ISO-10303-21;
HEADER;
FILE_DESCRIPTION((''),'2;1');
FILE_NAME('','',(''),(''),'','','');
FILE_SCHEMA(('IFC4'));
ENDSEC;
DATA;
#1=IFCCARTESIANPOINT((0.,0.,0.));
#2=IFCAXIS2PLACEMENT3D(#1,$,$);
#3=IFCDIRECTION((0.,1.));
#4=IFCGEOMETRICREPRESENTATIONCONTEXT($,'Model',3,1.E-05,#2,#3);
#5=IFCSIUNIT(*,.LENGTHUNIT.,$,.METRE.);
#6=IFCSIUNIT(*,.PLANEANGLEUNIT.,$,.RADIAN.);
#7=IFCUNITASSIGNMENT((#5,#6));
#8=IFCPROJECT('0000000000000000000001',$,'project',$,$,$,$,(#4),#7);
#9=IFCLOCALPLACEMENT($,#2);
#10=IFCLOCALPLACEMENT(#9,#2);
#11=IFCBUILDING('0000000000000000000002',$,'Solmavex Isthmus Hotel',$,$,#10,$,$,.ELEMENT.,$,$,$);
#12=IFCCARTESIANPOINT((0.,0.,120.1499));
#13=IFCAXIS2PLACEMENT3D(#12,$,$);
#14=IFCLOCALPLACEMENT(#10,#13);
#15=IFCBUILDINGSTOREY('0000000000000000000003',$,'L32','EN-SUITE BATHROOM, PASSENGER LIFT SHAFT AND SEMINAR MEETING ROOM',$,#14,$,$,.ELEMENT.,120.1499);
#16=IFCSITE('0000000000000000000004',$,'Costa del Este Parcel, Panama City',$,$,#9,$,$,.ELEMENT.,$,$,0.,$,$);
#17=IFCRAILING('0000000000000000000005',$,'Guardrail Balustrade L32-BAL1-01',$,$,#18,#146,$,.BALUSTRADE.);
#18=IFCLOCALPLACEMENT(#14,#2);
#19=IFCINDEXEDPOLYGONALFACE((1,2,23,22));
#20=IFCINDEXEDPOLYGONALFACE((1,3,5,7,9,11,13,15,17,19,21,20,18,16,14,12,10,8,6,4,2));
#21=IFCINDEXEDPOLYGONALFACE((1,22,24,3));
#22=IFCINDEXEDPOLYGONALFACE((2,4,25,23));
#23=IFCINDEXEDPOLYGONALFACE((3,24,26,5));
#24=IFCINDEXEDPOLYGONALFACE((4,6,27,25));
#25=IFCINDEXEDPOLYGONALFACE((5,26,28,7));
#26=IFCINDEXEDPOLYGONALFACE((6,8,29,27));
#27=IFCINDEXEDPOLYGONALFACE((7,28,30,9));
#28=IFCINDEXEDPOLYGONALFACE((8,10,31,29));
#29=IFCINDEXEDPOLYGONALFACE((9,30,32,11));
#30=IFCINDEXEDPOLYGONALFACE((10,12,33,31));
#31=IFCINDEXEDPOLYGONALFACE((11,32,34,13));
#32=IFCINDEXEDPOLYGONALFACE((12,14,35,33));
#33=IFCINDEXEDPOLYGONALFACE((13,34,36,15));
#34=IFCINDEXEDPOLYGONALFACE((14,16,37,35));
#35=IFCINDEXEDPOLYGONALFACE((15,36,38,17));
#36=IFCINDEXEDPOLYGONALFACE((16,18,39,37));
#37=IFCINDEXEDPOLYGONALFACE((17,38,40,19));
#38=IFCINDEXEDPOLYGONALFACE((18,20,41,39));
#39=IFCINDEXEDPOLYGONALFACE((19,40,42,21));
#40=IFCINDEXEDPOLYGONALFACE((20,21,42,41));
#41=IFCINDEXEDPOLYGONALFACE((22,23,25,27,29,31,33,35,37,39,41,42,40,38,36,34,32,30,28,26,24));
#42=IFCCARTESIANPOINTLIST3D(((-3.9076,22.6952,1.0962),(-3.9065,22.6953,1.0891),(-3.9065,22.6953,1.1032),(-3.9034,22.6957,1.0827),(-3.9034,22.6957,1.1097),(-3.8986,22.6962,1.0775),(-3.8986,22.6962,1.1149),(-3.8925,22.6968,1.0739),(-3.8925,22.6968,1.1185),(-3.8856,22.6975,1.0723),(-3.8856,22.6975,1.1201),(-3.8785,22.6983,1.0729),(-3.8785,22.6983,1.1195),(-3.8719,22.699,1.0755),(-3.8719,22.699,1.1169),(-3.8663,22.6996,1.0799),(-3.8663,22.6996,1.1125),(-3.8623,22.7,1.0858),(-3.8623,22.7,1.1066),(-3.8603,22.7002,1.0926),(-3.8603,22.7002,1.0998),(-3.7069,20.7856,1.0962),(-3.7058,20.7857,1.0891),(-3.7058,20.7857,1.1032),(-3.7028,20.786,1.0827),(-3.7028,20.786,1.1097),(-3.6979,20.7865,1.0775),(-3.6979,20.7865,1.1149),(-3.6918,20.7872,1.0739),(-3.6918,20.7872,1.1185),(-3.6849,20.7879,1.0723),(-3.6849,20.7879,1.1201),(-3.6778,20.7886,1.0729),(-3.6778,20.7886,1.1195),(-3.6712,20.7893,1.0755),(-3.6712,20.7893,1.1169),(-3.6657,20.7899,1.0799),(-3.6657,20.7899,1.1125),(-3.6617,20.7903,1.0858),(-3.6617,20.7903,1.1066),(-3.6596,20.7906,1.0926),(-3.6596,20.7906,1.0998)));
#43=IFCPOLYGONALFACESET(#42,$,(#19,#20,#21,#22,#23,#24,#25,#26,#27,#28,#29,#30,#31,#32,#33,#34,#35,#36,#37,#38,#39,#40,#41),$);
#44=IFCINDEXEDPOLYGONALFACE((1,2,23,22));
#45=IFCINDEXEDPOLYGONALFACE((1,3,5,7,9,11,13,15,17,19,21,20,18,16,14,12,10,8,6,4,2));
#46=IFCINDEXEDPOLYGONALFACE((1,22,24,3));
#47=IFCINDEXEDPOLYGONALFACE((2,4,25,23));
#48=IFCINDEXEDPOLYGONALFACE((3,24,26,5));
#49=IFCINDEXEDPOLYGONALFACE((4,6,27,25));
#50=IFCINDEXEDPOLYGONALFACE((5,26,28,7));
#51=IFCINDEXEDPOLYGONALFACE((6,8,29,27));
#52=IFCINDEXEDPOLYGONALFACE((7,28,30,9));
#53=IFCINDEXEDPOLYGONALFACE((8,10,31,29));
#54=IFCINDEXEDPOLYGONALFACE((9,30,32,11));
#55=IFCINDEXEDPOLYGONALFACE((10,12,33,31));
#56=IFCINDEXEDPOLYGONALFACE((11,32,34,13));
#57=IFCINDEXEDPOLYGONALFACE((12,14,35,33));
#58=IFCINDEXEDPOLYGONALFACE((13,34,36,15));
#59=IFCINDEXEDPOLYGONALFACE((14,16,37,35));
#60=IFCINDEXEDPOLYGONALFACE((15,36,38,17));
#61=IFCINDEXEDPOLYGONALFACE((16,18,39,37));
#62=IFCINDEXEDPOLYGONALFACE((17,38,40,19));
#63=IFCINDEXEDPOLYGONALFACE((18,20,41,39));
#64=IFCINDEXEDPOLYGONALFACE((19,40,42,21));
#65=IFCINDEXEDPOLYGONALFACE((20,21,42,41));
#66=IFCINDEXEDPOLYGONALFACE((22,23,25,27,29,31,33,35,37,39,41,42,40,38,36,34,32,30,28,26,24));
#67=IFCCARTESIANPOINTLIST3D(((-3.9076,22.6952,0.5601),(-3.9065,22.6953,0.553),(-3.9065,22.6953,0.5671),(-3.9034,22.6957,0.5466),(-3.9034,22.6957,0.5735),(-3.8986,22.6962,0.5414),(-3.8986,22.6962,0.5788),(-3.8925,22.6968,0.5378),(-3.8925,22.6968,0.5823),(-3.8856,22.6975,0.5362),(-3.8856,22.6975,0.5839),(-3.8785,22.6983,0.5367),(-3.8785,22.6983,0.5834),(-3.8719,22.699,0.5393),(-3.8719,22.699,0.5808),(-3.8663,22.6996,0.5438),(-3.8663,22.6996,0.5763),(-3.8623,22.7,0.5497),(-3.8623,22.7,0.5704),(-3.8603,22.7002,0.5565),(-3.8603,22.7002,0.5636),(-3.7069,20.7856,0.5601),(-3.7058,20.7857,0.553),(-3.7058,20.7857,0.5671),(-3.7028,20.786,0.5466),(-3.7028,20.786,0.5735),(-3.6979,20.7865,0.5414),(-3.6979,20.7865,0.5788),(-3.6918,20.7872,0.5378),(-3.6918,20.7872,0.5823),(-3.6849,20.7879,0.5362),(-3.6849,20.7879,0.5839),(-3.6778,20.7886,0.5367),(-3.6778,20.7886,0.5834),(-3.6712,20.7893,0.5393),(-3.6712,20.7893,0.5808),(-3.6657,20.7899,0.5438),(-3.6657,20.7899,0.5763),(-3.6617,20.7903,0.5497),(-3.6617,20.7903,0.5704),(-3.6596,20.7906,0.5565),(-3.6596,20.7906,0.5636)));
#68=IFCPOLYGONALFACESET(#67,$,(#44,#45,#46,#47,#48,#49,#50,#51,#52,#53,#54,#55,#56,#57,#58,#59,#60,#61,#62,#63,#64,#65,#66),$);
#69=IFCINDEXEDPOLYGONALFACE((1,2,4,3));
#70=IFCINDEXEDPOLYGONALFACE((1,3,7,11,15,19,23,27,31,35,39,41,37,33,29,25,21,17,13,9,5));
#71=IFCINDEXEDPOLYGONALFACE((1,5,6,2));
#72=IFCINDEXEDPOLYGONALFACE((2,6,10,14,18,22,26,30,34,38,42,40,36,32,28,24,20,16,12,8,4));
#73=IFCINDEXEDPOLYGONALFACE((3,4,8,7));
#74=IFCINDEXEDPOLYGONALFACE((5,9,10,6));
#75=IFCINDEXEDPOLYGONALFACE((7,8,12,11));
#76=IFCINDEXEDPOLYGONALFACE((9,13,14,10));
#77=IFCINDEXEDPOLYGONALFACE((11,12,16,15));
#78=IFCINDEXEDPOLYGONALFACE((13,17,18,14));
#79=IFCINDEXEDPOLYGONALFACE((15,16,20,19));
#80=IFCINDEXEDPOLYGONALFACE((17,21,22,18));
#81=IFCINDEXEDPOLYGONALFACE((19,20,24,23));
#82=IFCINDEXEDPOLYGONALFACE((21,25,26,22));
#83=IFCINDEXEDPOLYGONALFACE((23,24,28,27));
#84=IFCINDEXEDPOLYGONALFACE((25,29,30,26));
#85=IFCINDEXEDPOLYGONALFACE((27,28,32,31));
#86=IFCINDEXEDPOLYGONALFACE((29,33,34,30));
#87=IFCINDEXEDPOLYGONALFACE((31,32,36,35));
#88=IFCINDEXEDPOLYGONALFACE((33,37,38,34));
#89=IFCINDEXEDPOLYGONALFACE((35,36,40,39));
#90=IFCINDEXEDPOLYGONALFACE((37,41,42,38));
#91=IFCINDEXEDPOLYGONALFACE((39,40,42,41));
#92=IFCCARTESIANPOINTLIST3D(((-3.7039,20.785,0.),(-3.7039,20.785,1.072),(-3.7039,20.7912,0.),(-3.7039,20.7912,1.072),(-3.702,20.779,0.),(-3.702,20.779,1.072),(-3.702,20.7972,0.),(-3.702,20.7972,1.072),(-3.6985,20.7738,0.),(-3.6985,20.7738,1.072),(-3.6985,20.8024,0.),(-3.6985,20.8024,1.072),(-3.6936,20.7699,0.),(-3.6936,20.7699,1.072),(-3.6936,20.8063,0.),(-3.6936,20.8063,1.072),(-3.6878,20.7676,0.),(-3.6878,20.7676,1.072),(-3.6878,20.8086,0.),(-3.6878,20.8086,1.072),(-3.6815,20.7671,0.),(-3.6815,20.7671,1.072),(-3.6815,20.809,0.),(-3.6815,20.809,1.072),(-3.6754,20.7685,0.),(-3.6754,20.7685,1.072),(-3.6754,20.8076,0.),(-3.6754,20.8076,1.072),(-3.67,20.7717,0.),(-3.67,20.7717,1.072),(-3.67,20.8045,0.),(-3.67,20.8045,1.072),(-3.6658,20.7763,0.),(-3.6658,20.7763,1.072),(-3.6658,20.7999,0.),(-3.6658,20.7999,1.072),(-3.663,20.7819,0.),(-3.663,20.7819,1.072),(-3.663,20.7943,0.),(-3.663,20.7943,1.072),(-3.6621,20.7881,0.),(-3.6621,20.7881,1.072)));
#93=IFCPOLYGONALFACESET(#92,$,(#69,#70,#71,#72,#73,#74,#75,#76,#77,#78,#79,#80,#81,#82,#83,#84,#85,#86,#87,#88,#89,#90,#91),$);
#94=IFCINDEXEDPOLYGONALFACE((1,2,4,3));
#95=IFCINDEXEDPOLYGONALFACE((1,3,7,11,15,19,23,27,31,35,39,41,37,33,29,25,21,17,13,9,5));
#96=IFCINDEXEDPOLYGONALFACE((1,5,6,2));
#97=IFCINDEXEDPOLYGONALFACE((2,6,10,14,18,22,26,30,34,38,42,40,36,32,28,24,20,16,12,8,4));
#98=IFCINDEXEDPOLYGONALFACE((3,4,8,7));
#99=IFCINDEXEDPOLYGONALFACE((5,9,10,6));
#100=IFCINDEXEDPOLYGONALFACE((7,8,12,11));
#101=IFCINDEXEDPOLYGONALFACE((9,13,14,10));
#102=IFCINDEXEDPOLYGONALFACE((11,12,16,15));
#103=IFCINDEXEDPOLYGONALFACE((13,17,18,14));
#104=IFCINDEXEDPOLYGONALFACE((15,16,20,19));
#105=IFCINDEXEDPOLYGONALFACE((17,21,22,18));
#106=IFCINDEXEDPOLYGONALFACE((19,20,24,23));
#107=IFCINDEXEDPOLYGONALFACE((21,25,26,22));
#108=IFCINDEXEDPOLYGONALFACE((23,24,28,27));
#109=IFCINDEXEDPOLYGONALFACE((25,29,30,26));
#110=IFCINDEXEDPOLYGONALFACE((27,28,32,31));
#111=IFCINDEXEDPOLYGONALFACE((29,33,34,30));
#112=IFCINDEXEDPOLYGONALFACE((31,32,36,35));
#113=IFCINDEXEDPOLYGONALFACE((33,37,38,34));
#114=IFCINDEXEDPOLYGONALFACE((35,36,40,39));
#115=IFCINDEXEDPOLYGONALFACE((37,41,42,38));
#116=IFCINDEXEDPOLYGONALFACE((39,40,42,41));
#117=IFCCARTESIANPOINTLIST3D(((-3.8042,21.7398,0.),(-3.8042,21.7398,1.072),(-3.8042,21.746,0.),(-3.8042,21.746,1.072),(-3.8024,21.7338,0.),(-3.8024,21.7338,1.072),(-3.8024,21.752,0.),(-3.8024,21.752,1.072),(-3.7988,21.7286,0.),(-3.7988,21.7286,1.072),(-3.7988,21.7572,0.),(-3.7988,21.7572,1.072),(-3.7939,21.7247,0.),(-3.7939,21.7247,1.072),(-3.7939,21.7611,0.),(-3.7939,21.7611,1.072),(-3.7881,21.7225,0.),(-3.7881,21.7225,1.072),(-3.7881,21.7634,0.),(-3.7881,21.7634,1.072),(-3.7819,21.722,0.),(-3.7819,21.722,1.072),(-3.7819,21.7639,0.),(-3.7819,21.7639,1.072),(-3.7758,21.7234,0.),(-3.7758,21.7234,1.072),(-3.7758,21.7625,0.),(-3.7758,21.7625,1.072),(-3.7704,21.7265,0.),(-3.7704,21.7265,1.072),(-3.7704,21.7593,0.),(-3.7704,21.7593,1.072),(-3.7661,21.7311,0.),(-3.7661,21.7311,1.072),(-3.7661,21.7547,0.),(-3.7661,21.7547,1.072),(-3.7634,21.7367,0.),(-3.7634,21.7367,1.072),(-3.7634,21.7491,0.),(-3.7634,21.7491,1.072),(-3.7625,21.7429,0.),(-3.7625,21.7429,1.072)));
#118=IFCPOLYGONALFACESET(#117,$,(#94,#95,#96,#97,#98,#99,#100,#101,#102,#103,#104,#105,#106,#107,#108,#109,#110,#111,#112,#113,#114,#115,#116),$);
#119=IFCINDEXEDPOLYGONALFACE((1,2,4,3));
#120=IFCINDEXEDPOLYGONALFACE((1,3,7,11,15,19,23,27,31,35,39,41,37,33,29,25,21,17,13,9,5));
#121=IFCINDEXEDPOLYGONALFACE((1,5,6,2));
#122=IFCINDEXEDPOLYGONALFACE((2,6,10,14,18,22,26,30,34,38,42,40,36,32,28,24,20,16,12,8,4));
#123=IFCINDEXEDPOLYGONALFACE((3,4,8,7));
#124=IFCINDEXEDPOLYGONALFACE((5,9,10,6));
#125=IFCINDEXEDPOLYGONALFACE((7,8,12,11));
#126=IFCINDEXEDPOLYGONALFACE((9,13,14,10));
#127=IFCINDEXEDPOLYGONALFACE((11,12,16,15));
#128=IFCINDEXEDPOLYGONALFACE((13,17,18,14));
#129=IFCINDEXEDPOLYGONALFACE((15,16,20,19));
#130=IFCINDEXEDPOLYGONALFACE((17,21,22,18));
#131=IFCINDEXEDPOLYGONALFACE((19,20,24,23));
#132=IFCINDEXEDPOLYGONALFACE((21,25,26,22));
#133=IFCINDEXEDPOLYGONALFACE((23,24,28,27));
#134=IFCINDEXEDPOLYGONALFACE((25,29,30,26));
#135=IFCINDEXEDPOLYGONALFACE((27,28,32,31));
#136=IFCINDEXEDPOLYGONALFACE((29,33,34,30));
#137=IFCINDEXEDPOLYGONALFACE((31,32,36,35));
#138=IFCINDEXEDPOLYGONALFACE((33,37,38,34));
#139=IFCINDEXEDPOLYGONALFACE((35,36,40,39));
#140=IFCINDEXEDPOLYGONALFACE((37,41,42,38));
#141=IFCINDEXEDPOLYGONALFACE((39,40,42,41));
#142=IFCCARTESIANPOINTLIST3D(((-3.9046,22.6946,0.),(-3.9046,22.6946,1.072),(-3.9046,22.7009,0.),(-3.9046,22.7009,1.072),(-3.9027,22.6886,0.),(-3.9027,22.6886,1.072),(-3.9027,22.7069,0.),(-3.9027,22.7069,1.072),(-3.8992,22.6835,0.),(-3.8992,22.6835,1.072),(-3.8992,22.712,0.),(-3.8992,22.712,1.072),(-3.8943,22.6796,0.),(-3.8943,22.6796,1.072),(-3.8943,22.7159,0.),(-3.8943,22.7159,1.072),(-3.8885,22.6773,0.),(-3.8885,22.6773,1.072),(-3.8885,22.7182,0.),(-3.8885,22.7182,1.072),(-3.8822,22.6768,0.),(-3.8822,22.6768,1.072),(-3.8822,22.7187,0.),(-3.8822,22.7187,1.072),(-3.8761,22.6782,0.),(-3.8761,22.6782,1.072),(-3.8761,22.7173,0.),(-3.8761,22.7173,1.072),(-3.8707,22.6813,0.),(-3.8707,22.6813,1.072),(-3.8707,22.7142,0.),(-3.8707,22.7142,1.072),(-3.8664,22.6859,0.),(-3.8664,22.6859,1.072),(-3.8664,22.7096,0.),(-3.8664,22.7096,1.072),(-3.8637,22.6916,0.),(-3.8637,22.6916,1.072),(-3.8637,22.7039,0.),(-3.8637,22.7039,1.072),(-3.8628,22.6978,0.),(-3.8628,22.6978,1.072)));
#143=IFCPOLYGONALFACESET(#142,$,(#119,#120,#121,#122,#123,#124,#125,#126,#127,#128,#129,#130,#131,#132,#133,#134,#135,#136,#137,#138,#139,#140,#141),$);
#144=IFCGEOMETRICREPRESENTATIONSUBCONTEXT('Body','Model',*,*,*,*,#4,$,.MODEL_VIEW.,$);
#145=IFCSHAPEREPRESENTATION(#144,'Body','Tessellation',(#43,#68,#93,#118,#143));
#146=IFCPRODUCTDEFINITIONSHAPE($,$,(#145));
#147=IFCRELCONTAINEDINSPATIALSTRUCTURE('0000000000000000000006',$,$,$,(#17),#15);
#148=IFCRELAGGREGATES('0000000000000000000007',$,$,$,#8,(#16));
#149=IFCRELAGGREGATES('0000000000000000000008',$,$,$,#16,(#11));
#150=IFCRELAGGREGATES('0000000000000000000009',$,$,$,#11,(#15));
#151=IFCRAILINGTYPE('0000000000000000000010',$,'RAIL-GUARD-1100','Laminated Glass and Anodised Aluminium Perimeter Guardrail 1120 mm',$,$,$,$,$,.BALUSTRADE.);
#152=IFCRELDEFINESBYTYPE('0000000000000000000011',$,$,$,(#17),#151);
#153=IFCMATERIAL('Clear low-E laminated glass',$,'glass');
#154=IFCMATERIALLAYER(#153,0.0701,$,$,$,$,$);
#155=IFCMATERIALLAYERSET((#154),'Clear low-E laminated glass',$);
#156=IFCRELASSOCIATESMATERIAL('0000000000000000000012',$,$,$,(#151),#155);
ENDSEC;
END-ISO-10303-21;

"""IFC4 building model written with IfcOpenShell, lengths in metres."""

from ifc_helpers import new_model, si_unit, direction, frame, origin, origin_2d, place, context, subcontext, project, spatial, circle, extrude, material, layer, layer_set, type_object, element, save


model = new_model("IFC4")

# Units and contexts
model_context = context("Model", 3, precision=1e-05, world=origin(), true_north=direction((0.0, 1.0)))
body_context = subcontext(model_context, "Body", "Model", "MODEL_VIEW")
ifc_project = project(units=[si_unit("LENGTHUNIT", "METRE"), si_unit("PLANEANGLEUNIT", "RADIAN")], contexts=[model_context])

# Site, building, storey
site_placement = place(None, origin())
site = spatial("IfcSite", under=ifc_project, at=site_placement, Name="Costa del Este Parcel, Panama City", CompositionType="ELEMENT", RefElevation=0.0)
building_placement = place(site_placement, origin())
building = spatial("IfcBuilding", under=site, at=building_placement, Name="Solmavex Isthmus Hotel", CompositionType="ELEMENT")
storey_placement = place(building_placement, frame((0.0, 0.0, 120.1499)))
storey = spatial("IfcBuildingStorey", under=building, at=storey_placement, Name="L32", Description="EN-SUITE BATHROOM, PASSENGER LIFT SHAFT AND SEMINAR MEETING ROOM", CompositionType="ELEMENT", Elevation=120.1499)

# Shared definitions
ifc_material_1 = material(Name="Clear low-E laminated glass", Category="glass")

# Railing
ifc_layer_1 = layer(ifc_material_1, 0.0701)
ifc_layer_set_1 = layer_set([ifc_layer_1], Name="Clear low-E laminated glass")
railing_type = type_object("IfcRailingType", Name="RAIL-GUARD-1100", Description="Laminated Glass and Anodised Aluminium Perimeter Guardrail 1120 mm", PredefinedType="BALUSTRADE", material=ifc_layer_set_1)
railing_1_placement = place(storey_placement, frame((-3.6831, 20.7881, 0.0)))
element("IfcRailing", 1, at=railing_1_placement, inside=storey, type_object=railing_type, Name="Guardrail Balustrade L32-BAL1-01", PredefinedType="BALUSTRADE", context=body_context, shape_type="SweptSolid", body=[
    extrude(circle(Radius=0.0239, at=origin_2d()), frame((0.0, 0.0, 1.0962), z_axis=(-0.104513, 0.994524, 0.0), x_axis=(-0.994524, -0.104513, 0.0)), (0.0, 0.0, 1.0), 1.9202),
    extrude(circle(Radius=0.0239, at=origin_2d()), frame((0.0, 0.0, 0.5601), z_axis=(-0.104513, 0.994524, 0.0), x_axis=(-0.994524, -0.104513, 0.0)), (0.0, 0.0, 1.0), 1.9202),
    extrude(circle(Radius=0.021, at=origin_2d()), origin(), (0.0, 0.0, 1.0), 1.072),
    extrude(circle(Radius=0.021, at=origin_2d()), frame((-0.1003, 0.9548, 0.0)), (0.0, 0.0, 1.0), 1.072),
    extrude(circle(Radius=0.021, at=origin_2d()), frame((-0.2007, 1.9097, 0.0)), (0.0, 0.0, 1.0), 1.072),
])

save(model, "model.ifc")
